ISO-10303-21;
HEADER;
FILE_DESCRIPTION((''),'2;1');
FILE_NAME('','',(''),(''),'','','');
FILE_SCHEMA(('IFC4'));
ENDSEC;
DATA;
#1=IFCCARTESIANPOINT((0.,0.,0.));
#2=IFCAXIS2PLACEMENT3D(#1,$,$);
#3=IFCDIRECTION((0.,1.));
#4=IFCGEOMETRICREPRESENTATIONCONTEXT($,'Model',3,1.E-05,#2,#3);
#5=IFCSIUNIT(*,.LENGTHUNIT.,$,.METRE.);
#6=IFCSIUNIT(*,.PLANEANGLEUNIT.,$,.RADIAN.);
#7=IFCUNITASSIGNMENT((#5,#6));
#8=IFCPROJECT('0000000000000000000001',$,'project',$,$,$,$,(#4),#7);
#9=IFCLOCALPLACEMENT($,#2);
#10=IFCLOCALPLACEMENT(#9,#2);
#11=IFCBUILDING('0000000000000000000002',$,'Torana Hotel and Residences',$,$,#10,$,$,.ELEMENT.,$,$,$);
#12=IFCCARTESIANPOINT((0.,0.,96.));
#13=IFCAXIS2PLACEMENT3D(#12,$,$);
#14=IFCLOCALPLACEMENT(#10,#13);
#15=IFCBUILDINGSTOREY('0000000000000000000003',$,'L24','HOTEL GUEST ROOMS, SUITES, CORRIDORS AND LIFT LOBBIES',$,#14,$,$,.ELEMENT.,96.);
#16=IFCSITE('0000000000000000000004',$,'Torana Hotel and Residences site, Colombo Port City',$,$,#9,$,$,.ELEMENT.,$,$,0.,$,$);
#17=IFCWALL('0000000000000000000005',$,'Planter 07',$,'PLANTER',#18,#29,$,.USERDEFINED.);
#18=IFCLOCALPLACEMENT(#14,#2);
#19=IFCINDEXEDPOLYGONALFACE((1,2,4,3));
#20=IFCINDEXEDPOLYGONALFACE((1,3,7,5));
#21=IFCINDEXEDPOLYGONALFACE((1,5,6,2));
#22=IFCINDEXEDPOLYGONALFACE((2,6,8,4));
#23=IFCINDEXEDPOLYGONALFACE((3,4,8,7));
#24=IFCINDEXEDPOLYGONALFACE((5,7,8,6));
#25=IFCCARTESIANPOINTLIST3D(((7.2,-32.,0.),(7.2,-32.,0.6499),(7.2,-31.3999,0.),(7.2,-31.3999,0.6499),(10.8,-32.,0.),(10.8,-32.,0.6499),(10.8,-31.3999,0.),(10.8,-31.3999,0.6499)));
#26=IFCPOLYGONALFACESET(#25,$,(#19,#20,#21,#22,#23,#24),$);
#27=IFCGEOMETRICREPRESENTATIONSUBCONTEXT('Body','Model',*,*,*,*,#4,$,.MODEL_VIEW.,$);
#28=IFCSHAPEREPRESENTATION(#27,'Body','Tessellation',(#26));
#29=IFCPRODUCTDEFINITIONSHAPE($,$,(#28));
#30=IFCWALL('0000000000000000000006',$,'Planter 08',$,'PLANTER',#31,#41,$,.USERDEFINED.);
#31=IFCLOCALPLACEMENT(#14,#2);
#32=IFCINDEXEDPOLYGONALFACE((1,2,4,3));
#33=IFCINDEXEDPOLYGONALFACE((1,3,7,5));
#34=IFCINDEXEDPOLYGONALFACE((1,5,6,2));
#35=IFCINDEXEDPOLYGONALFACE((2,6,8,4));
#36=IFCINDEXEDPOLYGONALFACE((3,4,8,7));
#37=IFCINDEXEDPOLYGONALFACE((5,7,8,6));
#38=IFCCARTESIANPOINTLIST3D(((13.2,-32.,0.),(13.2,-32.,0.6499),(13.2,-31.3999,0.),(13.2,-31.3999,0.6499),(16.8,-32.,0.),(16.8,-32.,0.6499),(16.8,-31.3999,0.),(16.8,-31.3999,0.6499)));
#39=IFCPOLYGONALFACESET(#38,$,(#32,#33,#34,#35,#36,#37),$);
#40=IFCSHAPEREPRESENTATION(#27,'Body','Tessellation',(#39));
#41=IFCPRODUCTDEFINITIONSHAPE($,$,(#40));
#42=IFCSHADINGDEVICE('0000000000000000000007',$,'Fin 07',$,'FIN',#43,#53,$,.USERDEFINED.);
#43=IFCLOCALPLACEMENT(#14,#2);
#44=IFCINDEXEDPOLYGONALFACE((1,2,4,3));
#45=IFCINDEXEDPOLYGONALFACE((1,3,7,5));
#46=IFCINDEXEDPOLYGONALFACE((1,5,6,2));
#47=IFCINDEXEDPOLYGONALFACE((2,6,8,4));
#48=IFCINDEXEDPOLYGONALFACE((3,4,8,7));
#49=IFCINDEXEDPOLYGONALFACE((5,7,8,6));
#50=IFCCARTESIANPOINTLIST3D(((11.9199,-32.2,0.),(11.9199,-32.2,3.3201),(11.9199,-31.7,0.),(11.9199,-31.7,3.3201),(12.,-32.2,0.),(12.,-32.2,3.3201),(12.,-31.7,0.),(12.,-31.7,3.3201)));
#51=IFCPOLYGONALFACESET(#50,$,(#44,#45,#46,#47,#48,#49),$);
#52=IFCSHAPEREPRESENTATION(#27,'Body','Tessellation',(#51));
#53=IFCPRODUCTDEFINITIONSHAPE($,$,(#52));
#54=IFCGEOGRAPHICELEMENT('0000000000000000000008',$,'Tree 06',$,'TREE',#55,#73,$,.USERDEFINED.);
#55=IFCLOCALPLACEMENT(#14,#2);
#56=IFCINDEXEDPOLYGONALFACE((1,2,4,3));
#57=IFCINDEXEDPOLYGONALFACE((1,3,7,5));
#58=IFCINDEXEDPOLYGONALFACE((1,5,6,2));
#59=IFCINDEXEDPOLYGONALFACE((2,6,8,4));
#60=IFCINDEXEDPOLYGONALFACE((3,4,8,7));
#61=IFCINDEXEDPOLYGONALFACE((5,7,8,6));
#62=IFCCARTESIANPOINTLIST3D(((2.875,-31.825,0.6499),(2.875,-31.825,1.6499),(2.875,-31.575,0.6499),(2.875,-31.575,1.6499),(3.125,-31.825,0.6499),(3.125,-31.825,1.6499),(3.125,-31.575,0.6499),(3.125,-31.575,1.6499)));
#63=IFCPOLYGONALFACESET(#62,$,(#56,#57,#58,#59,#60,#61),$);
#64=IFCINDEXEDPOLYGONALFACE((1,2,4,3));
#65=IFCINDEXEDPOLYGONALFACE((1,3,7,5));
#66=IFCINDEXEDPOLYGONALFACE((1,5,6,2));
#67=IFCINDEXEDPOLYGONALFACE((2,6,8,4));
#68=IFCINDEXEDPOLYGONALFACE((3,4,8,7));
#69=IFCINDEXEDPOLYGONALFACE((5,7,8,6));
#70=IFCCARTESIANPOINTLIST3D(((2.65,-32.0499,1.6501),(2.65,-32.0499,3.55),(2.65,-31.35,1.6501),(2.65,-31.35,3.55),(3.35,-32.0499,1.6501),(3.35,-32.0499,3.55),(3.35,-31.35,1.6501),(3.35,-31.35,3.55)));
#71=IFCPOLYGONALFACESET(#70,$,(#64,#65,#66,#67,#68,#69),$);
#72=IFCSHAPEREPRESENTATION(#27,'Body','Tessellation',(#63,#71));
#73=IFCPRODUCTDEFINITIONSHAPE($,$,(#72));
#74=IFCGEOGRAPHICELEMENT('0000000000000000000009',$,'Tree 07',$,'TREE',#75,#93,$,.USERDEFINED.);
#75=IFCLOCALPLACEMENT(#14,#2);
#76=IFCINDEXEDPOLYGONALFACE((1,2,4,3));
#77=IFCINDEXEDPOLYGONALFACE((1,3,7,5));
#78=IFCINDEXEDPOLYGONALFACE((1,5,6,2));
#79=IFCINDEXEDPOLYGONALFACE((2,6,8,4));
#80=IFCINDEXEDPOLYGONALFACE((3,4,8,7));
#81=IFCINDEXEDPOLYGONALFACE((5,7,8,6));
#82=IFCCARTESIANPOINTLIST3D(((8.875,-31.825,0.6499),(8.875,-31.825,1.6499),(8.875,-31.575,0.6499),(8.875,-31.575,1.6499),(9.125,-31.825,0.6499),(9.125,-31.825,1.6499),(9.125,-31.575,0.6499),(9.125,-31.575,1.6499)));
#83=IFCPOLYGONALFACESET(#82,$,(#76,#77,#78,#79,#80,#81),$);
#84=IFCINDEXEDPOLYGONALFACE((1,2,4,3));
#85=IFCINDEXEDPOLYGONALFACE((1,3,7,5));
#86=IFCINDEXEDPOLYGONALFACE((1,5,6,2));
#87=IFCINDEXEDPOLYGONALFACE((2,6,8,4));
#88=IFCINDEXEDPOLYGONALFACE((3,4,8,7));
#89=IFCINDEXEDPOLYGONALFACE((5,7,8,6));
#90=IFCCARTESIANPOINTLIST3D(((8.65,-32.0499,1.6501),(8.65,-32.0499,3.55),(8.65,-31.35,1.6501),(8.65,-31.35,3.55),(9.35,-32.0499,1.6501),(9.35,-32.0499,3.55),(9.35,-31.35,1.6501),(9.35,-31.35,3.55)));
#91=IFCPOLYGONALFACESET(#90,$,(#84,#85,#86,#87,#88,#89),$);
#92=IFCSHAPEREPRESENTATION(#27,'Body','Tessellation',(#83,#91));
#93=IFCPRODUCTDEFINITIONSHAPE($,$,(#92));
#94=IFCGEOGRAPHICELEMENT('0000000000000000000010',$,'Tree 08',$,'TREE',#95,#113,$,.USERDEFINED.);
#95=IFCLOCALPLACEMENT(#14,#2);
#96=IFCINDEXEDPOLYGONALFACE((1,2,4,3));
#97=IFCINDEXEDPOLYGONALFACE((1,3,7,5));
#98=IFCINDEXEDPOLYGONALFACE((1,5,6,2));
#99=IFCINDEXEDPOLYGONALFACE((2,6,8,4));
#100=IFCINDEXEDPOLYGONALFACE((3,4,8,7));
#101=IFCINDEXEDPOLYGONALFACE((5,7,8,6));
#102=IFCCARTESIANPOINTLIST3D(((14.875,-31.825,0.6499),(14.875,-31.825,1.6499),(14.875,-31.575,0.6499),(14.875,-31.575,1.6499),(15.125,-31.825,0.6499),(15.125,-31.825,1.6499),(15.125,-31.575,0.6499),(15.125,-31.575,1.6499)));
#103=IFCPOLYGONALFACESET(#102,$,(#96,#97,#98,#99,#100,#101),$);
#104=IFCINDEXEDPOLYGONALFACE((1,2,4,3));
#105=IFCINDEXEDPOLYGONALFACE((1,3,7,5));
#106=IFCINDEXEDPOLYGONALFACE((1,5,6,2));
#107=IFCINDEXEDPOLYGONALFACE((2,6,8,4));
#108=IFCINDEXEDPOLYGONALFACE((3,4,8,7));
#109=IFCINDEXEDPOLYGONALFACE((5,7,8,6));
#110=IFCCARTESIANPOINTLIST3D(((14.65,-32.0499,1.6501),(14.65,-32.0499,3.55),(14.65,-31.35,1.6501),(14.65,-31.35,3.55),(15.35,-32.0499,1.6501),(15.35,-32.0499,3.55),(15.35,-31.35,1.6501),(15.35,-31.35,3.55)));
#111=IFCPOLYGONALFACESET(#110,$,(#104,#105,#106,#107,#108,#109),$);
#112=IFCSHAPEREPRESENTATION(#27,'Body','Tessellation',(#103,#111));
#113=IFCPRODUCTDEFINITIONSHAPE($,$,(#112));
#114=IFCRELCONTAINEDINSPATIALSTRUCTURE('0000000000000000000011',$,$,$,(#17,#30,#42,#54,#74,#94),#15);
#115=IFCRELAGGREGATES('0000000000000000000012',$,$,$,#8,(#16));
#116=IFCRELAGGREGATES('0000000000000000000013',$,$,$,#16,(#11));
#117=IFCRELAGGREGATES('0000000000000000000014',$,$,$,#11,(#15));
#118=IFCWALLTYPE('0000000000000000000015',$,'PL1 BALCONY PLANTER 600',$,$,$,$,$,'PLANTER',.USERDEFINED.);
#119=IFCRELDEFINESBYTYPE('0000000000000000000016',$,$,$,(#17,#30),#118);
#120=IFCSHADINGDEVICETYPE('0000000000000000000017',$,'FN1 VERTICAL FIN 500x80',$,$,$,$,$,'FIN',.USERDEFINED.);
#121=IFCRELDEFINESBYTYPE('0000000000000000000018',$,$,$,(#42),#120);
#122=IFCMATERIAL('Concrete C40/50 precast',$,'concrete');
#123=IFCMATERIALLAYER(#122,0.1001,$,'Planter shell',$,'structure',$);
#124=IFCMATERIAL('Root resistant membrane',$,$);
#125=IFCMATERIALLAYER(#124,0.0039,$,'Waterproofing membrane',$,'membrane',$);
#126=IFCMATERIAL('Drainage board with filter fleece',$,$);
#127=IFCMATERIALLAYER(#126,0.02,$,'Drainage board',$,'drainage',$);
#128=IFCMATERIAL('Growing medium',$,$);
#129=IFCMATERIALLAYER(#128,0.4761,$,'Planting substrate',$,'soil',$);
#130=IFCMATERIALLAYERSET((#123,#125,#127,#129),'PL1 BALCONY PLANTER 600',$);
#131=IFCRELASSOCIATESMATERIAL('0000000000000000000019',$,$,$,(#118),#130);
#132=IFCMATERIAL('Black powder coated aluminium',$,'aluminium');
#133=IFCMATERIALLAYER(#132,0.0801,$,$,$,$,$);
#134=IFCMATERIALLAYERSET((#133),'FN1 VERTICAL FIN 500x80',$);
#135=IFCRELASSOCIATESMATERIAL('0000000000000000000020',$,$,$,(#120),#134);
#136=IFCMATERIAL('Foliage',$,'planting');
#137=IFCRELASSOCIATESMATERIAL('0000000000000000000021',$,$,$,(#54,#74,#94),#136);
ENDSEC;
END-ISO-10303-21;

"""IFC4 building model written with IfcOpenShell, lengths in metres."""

from ifc_helpers import new_model, si_unit, direction, frame, frame_2d, origin, origin_2d, place, context, subcontext, project, spatial, rectangle, extrude, material, layer, layer_set, type_object, element, save


model = new_model("IFC4")

# Units and contexts
model_context = context("Model", 3, precision=1e-05, world=origin(), true_north=direction((0.0, 1.0)))
body_context = subcontext(model_context, "Body", "Model", "MODEL_VIEW")
ifc_project = project(units=[si_unit("LENGTHUNIT", "METRE"), si_unit("PLANEANGLEUNIT", "RADIAN")], contexts=[model_context])

# Site, building, storey
site_placement = place(None, origin())
site = spatial("IfcSite", under=ifc_project, at=site_placement, Name="Torana Hotel and Residences site, Colombo Port City", CompositionType="ELEMENT", RefElevation=0.0)
building_placement = place(site_placement, origin())
building = spatial("IfcBuilding", under=site, at=building_placement, Name="Torana Hotel and Residences", CompositionType="ELEMENT")
storey_placement = place(building_placement, frame((0.0, 0.0, 96.0)))
storey = spatial("IfcBuildingStorey", under=building, at=storey_placement, Name="L24", Description="HOTEL GUEST ROOMS, SUITES, CORRIDORS AND LIFT LOBBIES", CompositionType="ELEMENT", Elevation=96.0)

# Walls
ifc_material_1 = material(Name="Concrete C40/50 precast", Category="concrete")
ifc_layer_1 = layer(ifc_material_1, 0.1001, Name="Planter shell", Category="structure")
ifc_material_2 = material(Name="Root resistant membrane")
ifc_layer_2 = layer(ifc_material_2, 0.0039, Name="Waterproofing membrane", Category="membrane")
ifc_material_3 = material(Name="Drainage board with filter fleece")
ifc_layer_3 = layer(ifc_material_3, 0.02, Name="Drainage board", Category="drainage")
ifc_material_4 = material(Name="Growing medium")
ifc_layer_4 = layer(ifc_material_4, 0.4761, Name="Planting substrate", Category="soil")
ifc_layer_set_1 = layer_set([ifc_layer_1, ifc_layer_2, ifc_layer_3, ifc_layer_4], Name="PL1 BALCONY PLANTER 600")
wall_type_1 = type_object("IfcWallType", Name="PL1 BALCONY PLANTER 600", ElementType="PLANTER", PredefinedType="USERDEFINED", material=ifc_layer_set_1)
for number, where, z_axis, x_axis, name in (
    (1, (10.8, -31.7, 0.0), (0.0, 0.0, 1.0), (-1.0, 0.0, 0.0), "Planter 07"),
    (2, (16.8, -31.7, 0.0), (0.0, 0.0, 1.0), (-1.0, 0.0, 0.0), "Planter 08"),
):
    element("IfcWall", number, at=place(storey_placement, frame(where, z_axis=z_axis, x_axis=x_axis)), inside=storey, type_object=wall_type_1, Name=name, ObjectType="PLANTER", PredefinedType="USERDEFINED", context=body_context, shape_type="SweptSolid", body=[
        extrude(rectangle(XDim=3.6001, YDim=0.6001, at=frame_2d((1.8, 0.0))), origin(), (0.0, 0.0, 1.0), 0.6499),
    ])

# Shading device
ifc_material_5 = material(Name="Black powder coated aluminium", Category="aluminium")
ifc_layer_5 = layer(ifc_material_5, 0.0801)
ifc_layer_set_2 = layer_set([ifc_layer_5], Name="FN1 VERTICAL FIN 500x80")
shading_device_type = type_object("IfcShadingDeviceType", Name="FN1 VERTICAL FIN 500x80", ElementType="FIN", PredefinedType="USERDEFINED", material=ifc_layer_set_2)
shading_device_placement = place(storey_placement, frame((11.96, -31.95, 0.0), z_axis=(0.0, 0.0, 1.0), x_axis=(-1.0, 0.0, 0.0)))
element("IfcShadingDevice", 3, at=shading_device_placement, inside=storey, type_object=shading_device_type, Name="Fin 07", ObjectType="FIN", PredefinedType="USERDEFINED", context=body_context, shape_type="SweptSolid", body=[
    extrude(rectangle(XDim=0.0801, YDim=0.5, at=origin_2d()), origin(), (0.0, 0.0, 1.0), 3.3201),
])

# Geographic elements
ifc_material_6 = material(Name="Foliage", Category="planting")
for number, where, z_axis, x_axis, name in (
    (4, (3.0, -31.7, 0.6499), (0.0, 0.0, 1.0), (1.0, 0.0, 0.0), "Tree 06"),
    (5, (9.0, -31.7, 0.6499), (0.0, 0.0, 1.0), (1.0, 0.0, 0.0), "Tree 07"),
    (6, (15.0, -31.7, 0.6499), (0.0, 0.0, 1.0), (1.0, 0.0, 0.0), "Tree 08"),
):
    element("IfcGeographicElement", number, at=place(storey_placement, frame(where, z_axis=z_axis, x_axis=x_axis)), inside=storey, material=ifc_material_6, Name=name, ObjectType="TREE", PredefinedType="USERDEFINED", context=body_context, shape_type="SweptSolid", body=[
        extrude(rectangle(XDim=0.25, YDim=0.25, at=origin_2d()), origin(), (0.0, 0.0, 1.0), 1.0),
        extrude(rectangle(XDim=0.7, YDim=0.7, at=origin_2d()), frame((0.0, 0.0, 1.0002)), (0.0, 0.0, 1.0), 1.8999),
    ])

save(model, "model.ifc")
